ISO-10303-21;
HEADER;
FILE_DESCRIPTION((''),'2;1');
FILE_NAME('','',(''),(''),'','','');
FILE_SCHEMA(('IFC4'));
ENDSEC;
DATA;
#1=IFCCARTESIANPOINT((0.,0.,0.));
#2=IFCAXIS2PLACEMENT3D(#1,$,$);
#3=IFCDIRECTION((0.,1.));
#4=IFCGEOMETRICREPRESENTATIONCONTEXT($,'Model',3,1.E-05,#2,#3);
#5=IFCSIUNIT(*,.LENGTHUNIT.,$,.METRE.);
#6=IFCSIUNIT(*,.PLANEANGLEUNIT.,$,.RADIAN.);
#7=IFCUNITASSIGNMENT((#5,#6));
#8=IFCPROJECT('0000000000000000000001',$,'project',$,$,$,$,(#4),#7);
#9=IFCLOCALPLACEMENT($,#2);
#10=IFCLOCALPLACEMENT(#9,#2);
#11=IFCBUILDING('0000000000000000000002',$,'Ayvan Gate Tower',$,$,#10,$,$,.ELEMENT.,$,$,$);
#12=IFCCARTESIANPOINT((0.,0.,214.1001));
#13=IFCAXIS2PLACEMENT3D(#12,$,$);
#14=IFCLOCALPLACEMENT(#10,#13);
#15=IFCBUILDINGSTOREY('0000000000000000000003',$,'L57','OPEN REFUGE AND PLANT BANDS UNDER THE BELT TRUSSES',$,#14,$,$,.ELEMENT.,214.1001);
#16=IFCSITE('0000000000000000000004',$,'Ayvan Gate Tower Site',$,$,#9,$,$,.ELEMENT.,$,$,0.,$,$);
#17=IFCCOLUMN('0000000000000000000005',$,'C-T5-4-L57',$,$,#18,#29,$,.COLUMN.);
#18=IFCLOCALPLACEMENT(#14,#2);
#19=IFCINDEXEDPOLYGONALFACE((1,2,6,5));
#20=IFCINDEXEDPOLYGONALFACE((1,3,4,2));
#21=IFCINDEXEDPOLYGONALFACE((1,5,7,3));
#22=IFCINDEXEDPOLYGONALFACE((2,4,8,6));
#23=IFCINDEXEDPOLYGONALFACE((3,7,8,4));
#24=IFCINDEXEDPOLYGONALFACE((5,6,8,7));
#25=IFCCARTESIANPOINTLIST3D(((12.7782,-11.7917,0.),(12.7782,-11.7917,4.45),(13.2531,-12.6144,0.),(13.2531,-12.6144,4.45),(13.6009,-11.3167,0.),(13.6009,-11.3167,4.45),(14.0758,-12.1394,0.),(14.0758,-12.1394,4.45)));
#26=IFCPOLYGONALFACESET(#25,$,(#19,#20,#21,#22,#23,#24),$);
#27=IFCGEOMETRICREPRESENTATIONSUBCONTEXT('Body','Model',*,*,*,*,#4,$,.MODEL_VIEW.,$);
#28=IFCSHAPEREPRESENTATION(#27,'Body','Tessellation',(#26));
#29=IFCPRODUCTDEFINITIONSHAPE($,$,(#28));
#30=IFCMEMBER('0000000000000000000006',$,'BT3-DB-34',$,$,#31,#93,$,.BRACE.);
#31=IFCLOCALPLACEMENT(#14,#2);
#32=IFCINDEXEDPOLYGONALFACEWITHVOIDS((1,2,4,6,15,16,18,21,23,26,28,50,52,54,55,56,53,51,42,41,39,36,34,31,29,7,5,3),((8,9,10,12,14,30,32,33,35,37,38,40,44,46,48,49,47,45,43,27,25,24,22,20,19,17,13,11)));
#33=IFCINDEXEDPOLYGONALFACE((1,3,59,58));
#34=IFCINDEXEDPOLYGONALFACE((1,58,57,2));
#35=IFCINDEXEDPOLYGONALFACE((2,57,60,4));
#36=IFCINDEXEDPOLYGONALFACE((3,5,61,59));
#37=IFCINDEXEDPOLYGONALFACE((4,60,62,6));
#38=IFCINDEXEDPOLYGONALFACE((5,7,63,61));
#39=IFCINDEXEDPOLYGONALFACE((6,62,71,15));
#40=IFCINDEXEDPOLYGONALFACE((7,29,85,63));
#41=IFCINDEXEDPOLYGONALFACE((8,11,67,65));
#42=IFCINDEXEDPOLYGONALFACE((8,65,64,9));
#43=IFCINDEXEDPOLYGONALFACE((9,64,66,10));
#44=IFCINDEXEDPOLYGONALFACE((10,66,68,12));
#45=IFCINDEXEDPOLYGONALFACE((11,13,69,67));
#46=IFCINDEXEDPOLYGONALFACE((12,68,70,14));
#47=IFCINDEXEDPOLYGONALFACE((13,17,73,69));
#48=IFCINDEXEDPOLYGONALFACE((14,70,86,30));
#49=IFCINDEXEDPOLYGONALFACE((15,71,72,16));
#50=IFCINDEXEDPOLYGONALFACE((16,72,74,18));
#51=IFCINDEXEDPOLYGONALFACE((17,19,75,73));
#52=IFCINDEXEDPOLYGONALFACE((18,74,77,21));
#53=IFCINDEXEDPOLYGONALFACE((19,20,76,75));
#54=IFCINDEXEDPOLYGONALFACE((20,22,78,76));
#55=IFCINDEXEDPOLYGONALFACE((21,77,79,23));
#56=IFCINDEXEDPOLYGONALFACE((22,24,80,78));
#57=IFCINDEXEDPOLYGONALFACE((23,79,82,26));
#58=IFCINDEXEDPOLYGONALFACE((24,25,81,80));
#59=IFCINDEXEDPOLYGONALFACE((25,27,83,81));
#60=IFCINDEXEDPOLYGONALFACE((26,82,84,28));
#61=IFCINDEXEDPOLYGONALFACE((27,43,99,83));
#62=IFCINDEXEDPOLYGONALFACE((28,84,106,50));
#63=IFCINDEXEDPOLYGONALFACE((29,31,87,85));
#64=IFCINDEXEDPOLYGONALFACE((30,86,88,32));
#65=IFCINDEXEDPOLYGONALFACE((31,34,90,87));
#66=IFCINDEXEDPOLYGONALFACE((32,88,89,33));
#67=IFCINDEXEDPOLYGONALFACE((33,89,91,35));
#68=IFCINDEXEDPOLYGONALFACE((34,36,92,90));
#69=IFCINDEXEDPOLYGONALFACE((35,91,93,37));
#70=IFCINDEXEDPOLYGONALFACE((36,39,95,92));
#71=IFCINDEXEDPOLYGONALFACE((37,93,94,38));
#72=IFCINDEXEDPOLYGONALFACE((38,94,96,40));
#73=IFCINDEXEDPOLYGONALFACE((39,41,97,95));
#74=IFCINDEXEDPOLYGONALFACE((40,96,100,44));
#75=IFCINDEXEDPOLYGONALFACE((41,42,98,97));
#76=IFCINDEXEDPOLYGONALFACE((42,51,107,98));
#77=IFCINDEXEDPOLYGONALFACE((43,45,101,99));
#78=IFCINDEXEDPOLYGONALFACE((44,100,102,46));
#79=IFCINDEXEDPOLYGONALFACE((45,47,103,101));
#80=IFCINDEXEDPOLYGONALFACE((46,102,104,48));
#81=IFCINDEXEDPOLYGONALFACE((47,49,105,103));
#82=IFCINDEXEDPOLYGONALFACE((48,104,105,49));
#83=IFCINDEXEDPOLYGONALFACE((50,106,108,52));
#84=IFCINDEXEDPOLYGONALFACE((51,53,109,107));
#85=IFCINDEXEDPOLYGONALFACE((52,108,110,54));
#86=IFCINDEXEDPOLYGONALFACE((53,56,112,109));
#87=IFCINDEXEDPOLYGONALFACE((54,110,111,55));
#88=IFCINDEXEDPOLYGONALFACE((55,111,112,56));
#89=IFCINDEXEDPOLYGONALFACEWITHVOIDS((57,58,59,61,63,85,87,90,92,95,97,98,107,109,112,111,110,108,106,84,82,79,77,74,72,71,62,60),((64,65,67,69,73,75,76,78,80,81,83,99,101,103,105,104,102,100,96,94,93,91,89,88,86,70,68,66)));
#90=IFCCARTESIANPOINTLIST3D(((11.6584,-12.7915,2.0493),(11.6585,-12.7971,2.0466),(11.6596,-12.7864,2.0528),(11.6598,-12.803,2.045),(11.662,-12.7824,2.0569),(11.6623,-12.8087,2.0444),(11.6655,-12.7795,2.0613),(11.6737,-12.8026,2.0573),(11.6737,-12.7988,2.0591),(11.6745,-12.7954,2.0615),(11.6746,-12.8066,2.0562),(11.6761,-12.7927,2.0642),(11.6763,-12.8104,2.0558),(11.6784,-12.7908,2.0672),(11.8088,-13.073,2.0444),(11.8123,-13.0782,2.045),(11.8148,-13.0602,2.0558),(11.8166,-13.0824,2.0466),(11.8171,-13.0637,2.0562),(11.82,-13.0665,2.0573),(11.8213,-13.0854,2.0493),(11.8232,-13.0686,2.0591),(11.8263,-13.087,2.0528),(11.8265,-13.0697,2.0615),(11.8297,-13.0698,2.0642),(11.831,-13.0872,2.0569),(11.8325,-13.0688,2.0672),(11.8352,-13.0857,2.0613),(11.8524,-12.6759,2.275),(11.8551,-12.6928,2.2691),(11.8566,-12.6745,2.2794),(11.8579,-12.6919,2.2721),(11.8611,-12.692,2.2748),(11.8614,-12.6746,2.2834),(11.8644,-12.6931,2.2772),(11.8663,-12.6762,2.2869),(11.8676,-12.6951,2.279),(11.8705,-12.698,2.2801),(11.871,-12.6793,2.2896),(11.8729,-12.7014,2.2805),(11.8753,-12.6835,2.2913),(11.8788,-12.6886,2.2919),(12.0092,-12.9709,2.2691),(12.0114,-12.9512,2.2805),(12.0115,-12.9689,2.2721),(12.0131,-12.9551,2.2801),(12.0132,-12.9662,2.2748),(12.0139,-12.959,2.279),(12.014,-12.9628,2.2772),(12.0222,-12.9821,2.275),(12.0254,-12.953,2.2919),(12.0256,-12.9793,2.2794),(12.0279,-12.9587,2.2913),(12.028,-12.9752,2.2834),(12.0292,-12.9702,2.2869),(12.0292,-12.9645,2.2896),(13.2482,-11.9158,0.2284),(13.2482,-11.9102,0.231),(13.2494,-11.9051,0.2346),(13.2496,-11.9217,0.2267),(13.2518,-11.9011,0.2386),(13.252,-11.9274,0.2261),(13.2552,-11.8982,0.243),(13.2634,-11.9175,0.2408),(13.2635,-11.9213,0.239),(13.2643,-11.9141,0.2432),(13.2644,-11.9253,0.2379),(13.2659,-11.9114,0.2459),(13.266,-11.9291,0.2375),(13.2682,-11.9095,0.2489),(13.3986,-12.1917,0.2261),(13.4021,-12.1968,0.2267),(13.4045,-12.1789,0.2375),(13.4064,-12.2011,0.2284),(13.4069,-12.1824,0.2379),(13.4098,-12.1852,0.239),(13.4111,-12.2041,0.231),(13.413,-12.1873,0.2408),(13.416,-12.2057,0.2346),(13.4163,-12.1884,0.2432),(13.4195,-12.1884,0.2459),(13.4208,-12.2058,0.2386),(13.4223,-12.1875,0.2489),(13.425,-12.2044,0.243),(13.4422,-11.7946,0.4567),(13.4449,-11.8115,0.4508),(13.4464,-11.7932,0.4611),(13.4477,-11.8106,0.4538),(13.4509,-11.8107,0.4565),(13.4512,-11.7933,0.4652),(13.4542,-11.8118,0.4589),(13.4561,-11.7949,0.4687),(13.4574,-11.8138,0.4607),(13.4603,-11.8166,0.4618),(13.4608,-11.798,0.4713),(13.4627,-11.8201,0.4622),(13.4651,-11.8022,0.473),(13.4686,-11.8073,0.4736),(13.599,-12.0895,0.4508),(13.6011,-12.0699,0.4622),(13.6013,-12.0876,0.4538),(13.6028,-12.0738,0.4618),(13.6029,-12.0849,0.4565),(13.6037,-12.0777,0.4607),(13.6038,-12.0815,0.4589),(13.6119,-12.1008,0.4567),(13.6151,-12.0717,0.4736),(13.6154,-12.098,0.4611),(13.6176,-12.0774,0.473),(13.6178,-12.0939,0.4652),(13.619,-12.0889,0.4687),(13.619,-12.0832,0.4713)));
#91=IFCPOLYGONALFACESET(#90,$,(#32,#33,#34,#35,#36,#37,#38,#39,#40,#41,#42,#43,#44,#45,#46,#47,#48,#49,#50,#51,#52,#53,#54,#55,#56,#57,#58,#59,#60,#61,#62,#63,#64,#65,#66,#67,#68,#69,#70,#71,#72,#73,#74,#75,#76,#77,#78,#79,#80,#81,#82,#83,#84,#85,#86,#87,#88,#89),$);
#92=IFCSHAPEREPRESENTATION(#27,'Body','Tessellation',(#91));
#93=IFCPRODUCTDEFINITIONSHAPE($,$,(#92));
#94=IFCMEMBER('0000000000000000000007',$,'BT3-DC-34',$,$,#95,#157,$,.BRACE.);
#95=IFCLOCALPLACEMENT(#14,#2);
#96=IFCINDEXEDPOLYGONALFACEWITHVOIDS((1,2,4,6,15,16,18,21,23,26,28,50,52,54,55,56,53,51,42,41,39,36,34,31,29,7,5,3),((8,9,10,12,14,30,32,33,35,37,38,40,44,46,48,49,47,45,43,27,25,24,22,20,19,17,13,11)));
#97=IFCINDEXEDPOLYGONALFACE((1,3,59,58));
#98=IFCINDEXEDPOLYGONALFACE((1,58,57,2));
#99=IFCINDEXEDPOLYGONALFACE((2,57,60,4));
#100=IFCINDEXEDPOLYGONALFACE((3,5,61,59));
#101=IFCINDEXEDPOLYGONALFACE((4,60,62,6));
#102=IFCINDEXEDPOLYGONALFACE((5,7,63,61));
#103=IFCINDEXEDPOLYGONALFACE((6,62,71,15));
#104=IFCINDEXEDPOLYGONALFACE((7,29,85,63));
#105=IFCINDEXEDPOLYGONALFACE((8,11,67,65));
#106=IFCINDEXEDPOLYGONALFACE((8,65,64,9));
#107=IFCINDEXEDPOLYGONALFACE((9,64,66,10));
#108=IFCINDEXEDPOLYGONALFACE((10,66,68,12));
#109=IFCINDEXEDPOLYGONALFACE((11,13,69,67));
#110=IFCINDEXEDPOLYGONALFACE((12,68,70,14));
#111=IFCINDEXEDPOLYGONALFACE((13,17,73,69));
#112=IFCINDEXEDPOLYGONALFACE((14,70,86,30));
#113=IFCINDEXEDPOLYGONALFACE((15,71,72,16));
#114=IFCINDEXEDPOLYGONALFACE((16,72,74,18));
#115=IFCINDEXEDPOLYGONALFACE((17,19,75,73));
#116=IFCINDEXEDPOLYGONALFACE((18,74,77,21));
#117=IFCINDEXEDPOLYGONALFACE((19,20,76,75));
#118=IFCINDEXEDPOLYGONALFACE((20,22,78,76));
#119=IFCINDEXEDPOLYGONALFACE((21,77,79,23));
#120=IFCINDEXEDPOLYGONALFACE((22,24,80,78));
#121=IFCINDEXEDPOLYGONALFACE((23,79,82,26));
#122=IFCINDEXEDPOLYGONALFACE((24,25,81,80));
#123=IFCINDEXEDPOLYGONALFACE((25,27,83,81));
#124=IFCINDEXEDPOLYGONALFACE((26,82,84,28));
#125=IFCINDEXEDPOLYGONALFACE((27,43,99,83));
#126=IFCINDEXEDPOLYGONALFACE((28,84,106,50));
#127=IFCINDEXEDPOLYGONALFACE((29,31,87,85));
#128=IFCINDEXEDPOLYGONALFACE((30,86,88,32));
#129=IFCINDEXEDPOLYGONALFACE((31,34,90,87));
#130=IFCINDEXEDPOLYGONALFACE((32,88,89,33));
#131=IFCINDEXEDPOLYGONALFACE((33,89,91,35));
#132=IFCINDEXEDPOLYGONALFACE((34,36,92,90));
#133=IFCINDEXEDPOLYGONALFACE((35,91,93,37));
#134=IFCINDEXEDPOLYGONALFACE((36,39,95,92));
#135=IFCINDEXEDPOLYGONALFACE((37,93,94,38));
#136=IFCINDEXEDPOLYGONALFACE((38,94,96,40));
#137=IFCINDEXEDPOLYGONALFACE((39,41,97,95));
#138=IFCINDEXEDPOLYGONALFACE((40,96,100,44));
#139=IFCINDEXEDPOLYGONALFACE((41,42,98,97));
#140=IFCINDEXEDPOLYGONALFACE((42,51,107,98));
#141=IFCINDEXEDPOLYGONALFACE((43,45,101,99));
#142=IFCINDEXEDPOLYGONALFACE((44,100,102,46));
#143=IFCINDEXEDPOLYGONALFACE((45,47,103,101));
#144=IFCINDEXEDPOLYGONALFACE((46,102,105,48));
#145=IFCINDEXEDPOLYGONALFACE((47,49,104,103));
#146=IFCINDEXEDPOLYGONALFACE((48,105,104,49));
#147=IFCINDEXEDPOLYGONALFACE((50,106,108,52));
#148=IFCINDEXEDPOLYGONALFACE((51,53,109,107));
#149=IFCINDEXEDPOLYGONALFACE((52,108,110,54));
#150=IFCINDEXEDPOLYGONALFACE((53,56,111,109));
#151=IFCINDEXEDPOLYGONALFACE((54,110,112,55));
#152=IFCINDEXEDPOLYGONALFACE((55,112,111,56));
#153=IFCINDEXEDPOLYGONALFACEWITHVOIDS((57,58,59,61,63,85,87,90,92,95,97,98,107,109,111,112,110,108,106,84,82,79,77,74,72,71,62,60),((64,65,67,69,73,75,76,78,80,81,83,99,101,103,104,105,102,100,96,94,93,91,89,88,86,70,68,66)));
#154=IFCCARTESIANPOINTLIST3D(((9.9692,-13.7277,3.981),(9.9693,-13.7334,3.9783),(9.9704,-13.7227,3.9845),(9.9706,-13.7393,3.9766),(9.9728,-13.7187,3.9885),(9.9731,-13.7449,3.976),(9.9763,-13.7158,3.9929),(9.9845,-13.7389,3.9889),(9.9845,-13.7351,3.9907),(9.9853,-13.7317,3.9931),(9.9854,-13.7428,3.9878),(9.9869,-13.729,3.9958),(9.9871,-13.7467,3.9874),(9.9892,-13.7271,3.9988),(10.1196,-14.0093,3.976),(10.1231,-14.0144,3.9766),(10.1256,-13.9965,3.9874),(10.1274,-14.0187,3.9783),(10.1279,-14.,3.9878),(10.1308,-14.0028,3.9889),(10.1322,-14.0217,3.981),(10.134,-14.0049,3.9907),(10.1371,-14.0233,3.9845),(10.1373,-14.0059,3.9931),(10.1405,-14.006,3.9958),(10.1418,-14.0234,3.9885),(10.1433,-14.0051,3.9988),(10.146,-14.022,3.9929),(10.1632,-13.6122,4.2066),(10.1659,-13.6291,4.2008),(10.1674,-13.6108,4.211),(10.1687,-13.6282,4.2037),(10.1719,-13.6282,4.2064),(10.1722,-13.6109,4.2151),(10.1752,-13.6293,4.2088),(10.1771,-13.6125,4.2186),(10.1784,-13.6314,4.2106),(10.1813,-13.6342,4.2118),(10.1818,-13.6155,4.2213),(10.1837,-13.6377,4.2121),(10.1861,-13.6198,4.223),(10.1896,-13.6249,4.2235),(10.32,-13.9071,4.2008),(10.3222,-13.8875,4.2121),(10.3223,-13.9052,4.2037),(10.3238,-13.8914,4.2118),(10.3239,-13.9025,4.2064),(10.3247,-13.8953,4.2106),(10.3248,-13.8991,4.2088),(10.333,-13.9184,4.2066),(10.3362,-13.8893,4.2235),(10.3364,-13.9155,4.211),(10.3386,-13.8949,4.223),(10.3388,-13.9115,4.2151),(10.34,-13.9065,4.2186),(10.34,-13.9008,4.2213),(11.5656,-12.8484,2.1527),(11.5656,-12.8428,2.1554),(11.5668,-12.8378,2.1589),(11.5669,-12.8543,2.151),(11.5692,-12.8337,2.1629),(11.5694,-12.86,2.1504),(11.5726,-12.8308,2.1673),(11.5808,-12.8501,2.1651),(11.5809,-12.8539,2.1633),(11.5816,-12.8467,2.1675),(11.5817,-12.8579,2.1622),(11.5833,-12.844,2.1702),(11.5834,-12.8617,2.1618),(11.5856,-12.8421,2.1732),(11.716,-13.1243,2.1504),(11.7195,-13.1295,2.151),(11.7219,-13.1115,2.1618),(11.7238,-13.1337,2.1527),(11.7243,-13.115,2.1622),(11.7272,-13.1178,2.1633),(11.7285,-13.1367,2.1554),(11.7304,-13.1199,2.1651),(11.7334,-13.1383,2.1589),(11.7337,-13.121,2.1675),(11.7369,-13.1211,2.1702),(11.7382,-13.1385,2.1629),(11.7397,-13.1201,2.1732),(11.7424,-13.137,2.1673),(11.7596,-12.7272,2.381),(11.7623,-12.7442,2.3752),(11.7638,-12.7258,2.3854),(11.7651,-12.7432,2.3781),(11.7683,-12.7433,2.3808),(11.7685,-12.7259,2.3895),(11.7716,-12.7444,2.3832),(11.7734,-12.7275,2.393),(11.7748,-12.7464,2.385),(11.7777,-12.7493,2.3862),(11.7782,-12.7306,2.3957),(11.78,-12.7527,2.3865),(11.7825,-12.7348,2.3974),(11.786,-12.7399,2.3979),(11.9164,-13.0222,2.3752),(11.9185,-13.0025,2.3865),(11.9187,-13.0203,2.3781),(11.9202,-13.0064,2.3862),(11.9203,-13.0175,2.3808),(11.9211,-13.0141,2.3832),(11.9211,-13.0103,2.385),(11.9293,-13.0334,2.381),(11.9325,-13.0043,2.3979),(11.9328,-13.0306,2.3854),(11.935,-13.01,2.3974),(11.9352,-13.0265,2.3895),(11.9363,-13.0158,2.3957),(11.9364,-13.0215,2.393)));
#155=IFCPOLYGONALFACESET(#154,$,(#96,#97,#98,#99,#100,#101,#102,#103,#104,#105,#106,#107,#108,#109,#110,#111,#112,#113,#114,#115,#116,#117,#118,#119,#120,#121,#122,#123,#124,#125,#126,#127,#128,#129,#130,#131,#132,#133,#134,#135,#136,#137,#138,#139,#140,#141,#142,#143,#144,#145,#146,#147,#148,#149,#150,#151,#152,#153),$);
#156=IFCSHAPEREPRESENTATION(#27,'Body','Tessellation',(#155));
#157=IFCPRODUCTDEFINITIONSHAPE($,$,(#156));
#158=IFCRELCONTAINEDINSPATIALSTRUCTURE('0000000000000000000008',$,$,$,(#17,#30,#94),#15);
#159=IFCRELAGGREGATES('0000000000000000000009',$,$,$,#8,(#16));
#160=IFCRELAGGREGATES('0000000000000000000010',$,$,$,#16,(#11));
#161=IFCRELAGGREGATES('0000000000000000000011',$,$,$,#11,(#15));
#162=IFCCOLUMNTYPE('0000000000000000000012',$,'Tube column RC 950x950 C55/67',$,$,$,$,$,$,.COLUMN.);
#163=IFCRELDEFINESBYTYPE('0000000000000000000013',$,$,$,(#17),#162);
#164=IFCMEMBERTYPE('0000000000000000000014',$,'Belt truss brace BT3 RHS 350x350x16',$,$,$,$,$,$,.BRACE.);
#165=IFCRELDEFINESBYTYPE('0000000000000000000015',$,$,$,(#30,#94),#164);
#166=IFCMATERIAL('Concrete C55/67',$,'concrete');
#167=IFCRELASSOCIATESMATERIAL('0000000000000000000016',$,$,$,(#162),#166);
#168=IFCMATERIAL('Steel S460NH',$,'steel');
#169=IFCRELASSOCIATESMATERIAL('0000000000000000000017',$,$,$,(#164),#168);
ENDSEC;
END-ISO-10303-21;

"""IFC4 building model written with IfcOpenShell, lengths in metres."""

from ifc_helpers import new_model, si_unit, direction, frame, origin, origin_2d, place, context, subcontext, project, spatial, rectangle, hollow_rectangle, extrude, material, material_profile, profile_set, type_object, element, save


model = new_model("IFC4")

# Units and contexts
model_context = context("Model", 3, precision=1e-05, world=origin(), true_north=direction((0.0, 1.0)))
body_context = subcontext(model_context, "Body", "Model", "MODEL_VIEW")
ifc_project = project(units=[si_unit("LENGTHUNIT", "METRE"), si_unit("PLANEANGLEUNIT", "RADIAN")], contexts=[model_context])

# Site, building, storey
site_placement = place(None, origin())
site = spatial("IfcSite", under=ifc_project, at=site_placement, Name="Ayvan Gate Tower Site", CompositionType="ELEMENT", RefElevation=0.0)
building_placement = place(site_placement, origin())
building = spatial("IfcBuilding", under=site, at=building_placement, Name="Ayvan Gate Tower", CompositionType="ELEMENT")
storey_placement = place(building_placement, frame((0.0, 0.0, 214.1001)))
storey = spatial("IfcBuildingStorey", under=building, at=storey_placement, Name="L57", Description="OPEN REFUGE AND PLANT BANDS UNDER THE BELT TRUSSES", CompositionType="ELEMENT", Elevation=214.1001)

# Column
ifc_material_1 = material(Name="Concrete C55/67", Category="concrete")
ifc_material_profile_1 = material_profile(ifc_material_1, rectangle(XDim=0.95, YDim=0.95, at=origin_2d()), Name="RC 950x950")
ifc_profile_set_1 = profile_set([ifc_material_profile_1], Name="Concrete C55/67")
column_type = type_object("IfcColumnType", Name="Tube column RC 950x950 C55/67", PredefinedType="COLUMN", material=ifc_profile_set_1)
column_placement = place(storey_placement, frame((13.427, -11.9656, 0.0), z_axis=(0.0, 0.0, 1.0), x_axis=(0.5, -0.866025, 0.0)))
element("IfcColumn", 1, at=column_placement, inside=storey, type_object=column_type, Name="C-T5-4-L57", PredefinedType="COLUMN", context=body_context, shape_type="SweptSolid", body=[
    extrude(rectangle(XDim=0.95, YDim=0.95, at=origin_2d()), origin(), (0.0, 0.0, 1.0), 4.45),
])

# Members
ifc_material_2 = material(Name="Steel S460NH", Category="steel")
ifc_material_profile_2 = material_profile(ifc_material_2, hollow_rectangle(XDim=0.3501, YDim=0.3501, WallThickness=0.0161, InnerFilletRadius=0.0161, OuterFilletRadius=0.0239, at=origin_2d()), Name="RHS 350x350x16")
ifc_profile_set_2 = profile_set([ifc_material_profile_2], Name="Steel S460NH")
member_type_1 = type_object("IfcMemberType", Name="Belt truss brace BT3 RHS 350x350x16", PredefinedType="BRACE", material=ifc_profile_set_2)
member_1_placement = place(storey_placement, frame((13.4336, -11.9995, 0.3499), z_axis=(-0.61834, -0.342784, 0.707217), x_axis=(0.484844, -0.8746, 0.0)))
element("IfcMember", 2, at=member_1_placement, inside=storey, type_object=member_type_1, Name="BT3-DB-34", PredefinedType="BRACE", context=body_context, shape_type="SweptSolid", body=[
    extrude(hollow_rectangle(XDim=0.3501, YDim=0.3501, WallThickness=0.0161, InnerFilletRadius=0.0161, OuterFilletRadius=0.0239, at=origin_2d()), origin(), (0.0, 0.0, 1.0), 2.571),
])
member_2_placement = place(storey_placement, frame((11.751, -12.9321, 2.2742), z_axis=(-0.618376, -0.342806, 0.707174), x_axis=(0.484848, -0.874599, 0.0)))
element("IfcMember", 3, at=member_2_placement, inside=storey, type_object=member_type_1, Name="BT3-DC-34", PredefinedType="BRACE", context=body_context, shape_type="SweptSolid", body=[
    extrude(hollow_rectangle(XDim=0.3501, YDim=0.3501, WallThickness=0.0161, InnerFilletRadius=0.0161, OuterFilletRadius=0.0239, at=origin_2d()), origin(), (0.0, 0.0, 1.0), 2.5815),
])

save(model, "model.ifc")
